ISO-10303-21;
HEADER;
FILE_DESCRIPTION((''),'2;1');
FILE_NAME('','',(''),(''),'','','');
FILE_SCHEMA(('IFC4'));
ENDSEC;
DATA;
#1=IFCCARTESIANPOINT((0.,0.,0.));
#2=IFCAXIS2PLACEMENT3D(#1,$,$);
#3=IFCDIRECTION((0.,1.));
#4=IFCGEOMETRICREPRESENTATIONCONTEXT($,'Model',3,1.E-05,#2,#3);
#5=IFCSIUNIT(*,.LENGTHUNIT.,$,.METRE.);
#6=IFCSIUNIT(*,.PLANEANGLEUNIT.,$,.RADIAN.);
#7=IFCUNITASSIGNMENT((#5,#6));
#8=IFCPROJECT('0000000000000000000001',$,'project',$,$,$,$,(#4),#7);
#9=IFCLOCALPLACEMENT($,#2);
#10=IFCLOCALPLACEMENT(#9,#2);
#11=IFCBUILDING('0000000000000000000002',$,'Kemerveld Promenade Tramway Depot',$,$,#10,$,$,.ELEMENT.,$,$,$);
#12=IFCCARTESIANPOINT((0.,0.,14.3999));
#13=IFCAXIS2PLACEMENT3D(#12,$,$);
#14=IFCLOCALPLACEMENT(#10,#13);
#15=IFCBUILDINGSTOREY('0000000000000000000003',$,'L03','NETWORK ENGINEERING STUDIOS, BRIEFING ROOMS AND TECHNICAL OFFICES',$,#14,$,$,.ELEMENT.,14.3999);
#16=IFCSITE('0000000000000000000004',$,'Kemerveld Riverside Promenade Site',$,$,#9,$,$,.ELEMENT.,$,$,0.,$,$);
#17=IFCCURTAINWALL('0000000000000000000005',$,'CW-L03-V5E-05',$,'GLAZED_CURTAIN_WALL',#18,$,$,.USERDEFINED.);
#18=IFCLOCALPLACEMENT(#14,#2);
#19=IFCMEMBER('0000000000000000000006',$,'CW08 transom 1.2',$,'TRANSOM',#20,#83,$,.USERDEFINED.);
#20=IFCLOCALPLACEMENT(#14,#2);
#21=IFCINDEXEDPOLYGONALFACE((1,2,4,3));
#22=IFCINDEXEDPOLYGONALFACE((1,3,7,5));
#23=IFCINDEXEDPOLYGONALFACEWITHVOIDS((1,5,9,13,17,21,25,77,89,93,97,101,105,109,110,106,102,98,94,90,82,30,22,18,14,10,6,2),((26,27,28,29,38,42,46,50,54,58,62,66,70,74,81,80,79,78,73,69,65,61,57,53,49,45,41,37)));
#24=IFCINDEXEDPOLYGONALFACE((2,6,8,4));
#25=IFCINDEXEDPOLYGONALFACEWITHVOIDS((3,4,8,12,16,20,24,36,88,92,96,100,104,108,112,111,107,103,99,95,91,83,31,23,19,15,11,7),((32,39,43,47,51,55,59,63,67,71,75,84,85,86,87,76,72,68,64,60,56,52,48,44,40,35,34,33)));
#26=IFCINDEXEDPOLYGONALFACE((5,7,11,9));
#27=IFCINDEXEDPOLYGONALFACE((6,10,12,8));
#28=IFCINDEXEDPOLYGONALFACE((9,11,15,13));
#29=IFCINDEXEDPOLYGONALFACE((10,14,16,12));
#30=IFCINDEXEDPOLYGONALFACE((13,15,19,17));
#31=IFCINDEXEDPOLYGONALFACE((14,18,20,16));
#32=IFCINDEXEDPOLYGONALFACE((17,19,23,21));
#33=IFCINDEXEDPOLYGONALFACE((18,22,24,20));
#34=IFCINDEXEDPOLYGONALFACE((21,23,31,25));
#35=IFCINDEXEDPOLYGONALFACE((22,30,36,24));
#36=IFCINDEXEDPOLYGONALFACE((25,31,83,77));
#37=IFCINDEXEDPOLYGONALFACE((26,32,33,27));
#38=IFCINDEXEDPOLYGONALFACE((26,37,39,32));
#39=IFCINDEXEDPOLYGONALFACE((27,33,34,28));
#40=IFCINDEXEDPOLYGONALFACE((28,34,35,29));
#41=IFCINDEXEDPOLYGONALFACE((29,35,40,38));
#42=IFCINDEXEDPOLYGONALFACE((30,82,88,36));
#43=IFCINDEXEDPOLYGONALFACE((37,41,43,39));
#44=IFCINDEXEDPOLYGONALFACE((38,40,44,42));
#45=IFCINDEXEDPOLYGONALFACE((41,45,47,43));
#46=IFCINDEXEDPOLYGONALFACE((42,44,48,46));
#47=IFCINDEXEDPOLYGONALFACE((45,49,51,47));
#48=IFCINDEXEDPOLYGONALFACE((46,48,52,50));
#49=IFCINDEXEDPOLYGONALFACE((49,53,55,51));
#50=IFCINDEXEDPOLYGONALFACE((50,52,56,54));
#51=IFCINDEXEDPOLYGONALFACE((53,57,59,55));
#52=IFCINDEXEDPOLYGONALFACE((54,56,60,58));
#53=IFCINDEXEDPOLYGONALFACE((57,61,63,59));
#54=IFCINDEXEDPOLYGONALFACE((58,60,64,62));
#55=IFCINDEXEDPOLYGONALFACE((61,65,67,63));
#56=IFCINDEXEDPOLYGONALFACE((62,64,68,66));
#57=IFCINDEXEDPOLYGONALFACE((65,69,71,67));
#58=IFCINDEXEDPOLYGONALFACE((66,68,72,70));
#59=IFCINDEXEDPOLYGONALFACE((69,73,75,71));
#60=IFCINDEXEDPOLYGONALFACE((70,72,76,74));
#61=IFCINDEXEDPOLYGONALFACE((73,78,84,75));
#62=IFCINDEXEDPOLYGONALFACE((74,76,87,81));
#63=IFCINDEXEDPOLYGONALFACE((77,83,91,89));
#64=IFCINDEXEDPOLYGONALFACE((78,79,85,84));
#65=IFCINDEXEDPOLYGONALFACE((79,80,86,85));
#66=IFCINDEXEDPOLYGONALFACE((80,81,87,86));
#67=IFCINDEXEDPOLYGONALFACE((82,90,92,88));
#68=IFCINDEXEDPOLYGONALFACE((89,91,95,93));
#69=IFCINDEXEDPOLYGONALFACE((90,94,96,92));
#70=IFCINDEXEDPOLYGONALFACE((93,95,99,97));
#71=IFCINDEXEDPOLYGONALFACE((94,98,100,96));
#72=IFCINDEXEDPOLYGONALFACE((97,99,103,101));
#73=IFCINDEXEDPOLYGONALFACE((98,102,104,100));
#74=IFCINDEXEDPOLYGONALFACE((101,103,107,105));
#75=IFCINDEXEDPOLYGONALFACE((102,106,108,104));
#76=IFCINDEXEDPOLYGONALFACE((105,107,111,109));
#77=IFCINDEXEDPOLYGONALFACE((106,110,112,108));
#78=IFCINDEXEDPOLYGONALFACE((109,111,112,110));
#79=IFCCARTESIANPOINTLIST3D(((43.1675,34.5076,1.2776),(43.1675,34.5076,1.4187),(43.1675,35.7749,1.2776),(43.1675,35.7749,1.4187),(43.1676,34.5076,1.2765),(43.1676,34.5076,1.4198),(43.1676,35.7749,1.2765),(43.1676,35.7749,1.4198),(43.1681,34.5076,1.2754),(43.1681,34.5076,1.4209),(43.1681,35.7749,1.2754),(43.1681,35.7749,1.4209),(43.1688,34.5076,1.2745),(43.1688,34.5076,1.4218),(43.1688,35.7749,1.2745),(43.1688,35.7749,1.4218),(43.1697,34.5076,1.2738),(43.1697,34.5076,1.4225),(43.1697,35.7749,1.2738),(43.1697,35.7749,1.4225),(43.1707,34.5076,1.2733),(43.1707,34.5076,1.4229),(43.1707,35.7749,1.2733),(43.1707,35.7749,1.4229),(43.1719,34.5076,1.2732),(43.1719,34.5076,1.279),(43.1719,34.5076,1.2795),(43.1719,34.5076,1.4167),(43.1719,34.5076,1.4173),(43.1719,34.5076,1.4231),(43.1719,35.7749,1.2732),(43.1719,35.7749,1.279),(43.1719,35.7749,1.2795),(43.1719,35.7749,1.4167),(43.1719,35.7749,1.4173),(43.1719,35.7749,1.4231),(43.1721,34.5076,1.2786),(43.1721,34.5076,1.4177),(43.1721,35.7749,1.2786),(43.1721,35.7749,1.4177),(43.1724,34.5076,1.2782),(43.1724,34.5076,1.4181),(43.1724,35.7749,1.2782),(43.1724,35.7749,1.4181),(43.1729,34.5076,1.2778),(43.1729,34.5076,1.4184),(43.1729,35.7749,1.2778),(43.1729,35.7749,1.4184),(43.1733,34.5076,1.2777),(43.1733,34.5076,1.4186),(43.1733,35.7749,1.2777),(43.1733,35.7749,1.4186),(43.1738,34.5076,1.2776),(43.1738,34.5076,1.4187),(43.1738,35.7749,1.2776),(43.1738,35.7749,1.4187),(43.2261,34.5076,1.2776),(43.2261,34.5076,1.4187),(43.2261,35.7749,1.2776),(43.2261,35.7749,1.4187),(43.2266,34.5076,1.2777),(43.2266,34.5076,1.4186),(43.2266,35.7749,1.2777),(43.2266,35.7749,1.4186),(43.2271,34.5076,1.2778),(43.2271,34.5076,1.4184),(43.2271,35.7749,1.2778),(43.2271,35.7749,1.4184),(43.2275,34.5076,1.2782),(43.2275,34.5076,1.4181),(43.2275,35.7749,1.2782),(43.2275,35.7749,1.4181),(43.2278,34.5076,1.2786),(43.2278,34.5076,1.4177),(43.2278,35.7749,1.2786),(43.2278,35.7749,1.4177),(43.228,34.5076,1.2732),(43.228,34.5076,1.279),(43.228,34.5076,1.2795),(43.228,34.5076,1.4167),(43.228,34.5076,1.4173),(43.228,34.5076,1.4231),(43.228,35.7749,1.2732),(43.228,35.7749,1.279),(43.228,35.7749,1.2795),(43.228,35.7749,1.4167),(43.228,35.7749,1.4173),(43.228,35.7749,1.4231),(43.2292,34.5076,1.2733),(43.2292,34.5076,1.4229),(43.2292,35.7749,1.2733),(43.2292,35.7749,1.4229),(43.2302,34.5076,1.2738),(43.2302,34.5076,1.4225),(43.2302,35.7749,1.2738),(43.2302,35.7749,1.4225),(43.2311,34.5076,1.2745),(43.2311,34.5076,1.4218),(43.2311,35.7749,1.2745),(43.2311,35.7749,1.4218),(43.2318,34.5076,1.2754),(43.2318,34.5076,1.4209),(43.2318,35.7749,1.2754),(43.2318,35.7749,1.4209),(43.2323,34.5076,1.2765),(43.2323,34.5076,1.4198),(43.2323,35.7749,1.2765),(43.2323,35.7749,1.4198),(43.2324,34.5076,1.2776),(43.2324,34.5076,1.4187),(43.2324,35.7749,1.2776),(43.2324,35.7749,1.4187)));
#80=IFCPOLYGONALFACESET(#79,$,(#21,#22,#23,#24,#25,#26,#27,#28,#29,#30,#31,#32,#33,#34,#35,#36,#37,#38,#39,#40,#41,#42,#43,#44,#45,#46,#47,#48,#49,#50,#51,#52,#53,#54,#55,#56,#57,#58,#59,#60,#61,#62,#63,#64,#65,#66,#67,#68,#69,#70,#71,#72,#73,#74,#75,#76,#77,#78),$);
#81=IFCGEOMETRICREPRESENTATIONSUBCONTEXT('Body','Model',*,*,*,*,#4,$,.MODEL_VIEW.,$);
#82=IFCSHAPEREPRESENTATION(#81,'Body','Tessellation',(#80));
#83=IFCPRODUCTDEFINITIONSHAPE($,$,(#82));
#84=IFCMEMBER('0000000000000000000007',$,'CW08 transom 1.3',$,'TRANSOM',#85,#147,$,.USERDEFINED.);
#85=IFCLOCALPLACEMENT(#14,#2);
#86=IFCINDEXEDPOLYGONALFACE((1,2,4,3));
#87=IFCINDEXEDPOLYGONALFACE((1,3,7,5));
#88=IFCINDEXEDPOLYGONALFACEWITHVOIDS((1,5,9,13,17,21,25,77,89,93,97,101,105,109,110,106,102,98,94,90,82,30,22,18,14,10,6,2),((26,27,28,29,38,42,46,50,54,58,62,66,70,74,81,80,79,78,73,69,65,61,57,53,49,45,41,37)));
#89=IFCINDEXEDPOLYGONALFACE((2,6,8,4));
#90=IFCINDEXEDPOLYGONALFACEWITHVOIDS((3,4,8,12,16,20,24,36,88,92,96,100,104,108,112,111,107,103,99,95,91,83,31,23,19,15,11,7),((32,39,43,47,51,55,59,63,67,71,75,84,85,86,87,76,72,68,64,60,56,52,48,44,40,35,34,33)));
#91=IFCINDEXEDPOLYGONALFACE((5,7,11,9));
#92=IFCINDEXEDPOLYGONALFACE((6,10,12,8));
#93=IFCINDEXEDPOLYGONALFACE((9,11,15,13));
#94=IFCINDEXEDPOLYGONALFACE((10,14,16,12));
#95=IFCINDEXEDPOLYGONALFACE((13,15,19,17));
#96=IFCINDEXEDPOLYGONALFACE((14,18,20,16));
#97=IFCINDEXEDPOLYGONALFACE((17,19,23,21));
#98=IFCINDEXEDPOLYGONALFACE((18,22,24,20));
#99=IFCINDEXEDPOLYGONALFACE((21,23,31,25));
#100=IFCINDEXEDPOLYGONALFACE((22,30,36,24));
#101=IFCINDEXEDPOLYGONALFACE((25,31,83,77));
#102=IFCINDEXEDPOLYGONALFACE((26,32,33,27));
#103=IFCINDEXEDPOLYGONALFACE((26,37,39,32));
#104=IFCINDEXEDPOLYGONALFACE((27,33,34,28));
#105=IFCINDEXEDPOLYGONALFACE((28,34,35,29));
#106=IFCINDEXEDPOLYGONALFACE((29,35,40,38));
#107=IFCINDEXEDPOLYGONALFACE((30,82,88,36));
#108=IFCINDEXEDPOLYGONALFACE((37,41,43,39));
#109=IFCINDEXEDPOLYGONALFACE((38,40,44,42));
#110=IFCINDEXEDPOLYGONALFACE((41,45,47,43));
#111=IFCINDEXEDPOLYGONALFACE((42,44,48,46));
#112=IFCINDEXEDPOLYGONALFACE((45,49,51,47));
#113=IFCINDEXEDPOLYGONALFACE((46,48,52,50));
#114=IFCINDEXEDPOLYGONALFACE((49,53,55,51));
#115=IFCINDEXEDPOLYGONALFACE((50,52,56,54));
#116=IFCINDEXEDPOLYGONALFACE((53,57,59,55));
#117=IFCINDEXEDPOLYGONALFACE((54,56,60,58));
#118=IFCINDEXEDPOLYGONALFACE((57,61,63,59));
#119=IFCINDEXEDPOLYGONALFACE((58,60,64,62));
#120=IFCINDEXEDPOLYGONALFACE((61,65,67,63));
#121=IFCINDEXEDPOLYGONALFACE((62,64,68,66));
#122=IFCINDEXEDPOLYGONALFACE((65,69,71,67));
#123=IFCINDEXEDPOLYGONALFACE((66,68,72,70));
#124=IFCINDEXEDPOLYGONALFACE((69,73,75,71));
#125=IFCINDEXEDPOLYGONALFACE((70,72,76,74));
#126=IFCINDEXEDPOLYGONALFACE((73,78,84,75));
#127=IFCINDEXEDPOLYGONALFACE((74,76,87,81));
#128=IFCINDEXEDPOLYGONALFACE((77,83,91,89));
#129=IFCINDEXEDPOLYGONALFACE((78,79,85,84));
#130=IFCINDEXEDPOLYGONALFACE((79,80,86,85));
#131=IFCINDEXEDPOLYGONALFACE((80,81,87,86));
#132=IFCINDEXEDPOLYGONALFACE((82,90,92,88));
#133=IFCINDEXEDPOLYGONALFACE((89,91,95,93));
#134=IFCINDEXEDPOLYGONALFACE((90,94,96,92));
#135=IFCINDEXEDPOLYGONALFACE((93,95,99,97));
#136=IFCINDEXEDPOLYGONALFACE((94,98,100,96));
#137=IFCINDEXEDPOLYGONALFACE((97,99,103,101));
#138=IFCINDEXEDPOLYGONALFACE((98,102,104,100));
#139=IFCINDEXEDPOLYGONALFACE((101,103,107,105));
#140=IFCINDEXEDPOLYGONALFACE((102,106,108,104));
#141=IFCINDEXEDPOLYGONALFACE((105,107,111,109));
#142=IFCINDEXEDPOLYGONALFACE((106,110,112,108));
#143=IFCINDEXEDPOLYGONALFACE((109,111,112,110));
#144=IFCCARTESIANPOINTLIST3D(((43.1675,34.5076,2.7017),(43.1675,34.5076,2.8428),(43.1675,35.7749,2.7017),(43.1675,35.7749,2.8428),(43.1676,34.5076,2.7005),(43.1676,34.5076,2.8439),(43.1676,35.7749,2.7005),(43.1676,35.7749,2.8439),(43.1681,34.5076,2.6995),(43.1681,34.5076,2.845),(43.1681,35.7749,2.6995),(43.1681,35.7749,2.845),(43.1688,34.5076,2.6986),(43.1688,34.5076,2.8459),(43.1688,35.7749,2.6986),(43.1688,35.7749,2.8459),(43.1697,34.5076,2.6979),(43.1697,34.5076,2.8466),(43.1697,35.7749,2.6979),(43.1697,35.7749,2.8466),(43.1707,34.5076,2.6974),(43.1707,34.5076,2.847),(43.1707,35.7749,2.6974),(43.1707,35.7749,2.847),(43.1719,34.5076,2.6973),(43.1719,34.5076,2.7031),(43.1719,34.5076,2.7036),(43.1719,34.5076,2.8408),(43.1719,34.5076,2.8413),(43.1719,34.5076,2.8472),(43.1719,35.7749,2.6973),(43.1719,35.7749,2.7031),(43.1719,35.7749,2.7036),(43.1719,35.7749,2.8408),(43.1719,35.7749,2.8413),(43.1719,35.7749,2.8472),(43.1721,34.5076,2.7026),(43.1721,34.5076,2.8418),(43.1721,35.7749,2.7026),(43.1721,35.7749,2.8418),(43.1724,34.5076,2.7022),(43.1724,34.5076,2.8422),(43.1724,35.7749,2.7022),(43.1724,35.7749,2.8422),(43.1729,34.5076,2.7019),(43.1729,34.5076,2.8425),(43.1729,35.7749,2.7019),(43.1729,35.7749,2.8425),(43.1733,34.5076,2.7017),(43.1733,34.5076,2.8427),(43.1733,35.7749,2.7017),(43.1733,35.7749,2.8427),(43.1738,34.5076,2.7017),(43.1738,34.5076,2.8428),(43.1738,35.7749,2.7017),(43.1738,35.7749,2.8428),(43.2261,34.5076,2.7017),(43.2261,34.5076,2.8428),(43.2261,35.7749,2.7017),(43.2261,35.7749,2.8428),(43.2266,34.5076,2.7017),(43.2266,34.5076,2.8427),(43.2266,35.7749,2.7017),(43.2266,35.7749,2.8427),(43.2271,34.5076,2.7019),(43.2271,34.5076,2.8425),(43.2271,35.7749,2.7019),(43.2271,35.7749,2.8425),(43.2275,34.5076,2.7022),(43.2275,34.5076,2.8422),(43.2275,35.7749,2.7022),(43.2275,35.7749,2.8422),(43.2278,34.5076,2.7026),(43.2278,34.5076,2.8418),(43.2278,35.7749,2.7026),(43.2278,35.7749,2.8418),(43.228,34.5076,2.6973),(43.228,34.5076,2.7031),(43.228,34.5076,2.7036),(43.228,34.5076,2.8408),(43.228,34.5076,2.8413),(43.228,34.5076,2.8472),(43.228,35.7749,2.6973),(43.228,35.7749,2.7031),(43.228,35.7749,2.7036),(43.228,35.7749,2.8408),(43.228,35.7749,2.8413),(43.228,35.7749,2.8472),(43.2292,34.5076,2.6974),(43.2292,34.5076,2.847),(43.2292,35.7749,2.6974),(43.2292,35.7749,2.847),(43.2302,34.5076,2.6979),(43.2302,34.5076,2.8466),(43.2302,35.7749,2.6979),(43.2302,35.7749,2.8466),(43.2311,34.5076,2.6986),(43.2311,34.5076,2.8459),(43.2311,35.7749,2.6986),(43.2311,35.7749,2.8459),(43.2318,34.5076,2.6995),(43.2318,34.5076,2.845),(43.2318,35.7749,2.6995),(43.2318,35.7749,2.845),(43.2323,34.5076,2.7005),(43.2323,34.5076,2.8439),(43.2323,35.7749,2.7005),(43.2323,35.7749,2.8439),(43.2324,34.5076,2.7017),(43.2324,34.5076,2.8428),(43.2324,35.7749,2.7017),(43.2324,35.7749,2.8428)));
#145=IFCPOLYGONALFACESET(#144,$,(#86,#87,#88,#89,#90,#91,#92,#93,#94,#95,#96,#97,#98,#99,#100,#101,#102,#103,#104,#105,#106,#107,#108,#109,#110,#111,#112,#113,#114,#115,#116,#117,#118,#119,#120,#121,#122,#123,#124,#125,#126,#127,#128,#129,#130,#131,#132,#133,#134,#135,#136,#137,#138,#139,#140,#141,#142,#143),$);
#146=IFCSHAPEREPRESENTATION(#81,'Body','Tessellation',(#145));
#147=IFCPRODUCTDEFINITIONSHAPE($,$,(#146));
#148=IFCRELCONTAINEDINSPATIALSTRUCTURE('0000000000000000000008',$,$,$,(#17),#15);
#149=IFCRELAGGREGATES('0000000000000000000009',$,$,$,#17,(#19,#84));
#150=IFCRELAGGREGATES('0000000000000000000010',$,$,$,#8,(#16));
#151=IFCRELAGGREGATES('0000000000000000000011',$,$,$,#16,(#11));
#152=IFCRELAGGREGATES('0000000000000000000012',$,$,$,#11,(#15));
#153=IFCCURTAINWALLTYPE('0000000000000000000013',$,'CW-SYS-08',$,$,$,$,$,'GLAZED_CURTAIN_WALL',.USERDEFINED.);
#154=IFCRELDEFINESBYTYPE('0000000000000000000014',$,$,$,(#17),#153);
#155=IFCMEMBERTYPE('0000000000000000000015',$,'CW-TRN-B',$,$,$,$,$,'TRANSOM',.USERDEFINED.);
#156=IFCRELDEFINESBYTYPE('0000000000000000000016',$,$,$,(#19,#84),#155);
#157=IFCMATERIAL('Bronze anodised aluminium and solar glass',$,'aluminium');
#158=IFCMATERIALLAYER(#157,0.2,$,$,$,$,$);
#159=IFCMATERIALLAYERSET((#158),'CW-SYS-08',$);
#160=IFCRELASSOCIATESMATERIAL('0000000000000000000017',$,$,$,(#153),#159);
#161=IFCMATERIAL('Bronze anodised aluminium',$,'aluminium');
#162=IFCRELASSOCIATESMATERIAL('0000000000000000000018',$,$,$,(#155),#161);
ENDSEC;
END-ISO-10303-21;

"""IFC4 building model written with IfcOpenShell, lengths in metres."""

from ifc_helpers import new_model, si_unit, direction, frame, origin, origin_2d, place, context, subcontext, project, spatial, hollow_rectangle, extrude, material, layer, layer_set, material_profile, profile_set, type_object, element, aggregate, save


model = new_model("IFC4")

# Units and contexts
model_context = context("Model", 3, precision=1e-05, world=origin(), true_north=direction((0.0, 1.0)))
body_context = subcontext(model_context, "Body", "Model", "MODEL_VIEW")
ifc_project = project(units=[si_unit("LENGTHUNIT", "METRE"), si_unit("PLANEANGLEUNIT", "RADIAN")], contexts=[model_context])

# Site, building, storey
site_placement = place(None, origin())
site = spatial("IfcSite", under=ifc_project, at=site_placement, Name="Kemerveld Riverside Promenade Site", CompositionType="ELEMENT", RefElevation=0.0)
building_placement = place(site_placement, origin())
building = spatial("IfcBuilding", under=site, at=building_placement, Name="Kemerveld Promenade Tramway Depot", CompositionType="ELEMENT")
storey_placement = place(building_placement, frame((0.0, 0.0, 14.3999)))
storey = spatial("IfcBuildingStorey", under=building, at=storey_placement, Name="L03", Description="NETWORK ENGINEERING STUDIOS, BRIEFING ROOMS AND TECHNICAL OFFICES", CompositionType="ELEMENT", Elevation=14.3999)

# Shared definitions
ifc_material_1 = material(Name="Bronze anodised aluminium and solar glass", Category="aluminium")
ifc_material_2 = material(Name="Bronze anodised aluminium", Category="aluminium")

# Curtain wall
ifc_layer_1 = layer(ifc_material_1, 0.2)
ifc_layer_set_1 = layer_set([ifc_layer_1], Name="CW-SYS-08")
curtain_wall_type_1 = type_object("IfcCurtainWallType", Name="CW-SYS-08", ElementType="GLAZED_CURTAIN_WALL", PredefinedType="USERDEFINED", material=ifc_layer_set_1)
curtain_wall_1_placement = place(storey_placement, origin())
curtain_wall_1 = element("IfcCurtainWall", 1, at=curtain_wall_1_placement, inside=storey, type_object=curtain_wall_type_1, Name="CW-L03-V5E-05", ObjectType="GLAZED_CURTAIN_WALL", PredefinedType="USERDEFINED")

# Members
ifc_material_profile_1 = material_profile(ifc_material_2, hollow_rectangle(XDim=0.0649, YDim=0.1499, WallThickness=0.0044, InnerFilletRadius=0.002, OuterFilletRadius=0.0044, at=origin_2d()), Name="CW-TRN-150x65")
ifc_profile_set_1 = profile_set([ifc_material_profile_1], Name="Bronze anodised aluminium")
member_type_1 = type_object("IfcMemberType", Name="CW-TRN-B", ElementType="TRANSOM", PredefinedType="USERDEFINED", material=ifc_profile_set_1)
member_1_placement = place(storey_placement, frame((43.2, 35.7749, 1.3481), z_axis=(0.0, -1.0, 0.0), x_axis=(1.0, 0.0, 0.0)))
member_1 = element("IfcMember", 2, at=member_1_placement, type_object=member_type_1, Name="CW08 transom 1.2", ObjectType="TRANSOM", PredefinedType="USERDEFINED", context=body_context, shape_type="SweptSolid", body=[
    extrude(hollow_rectangle(XDim=0.0649, YDim=0.1499, WallThickness=0.0044, InnerFilletRadius=0.002, OuterFilletRadius=0.0044, at=origin_2d()), origin(), (0.0, 0.0, 1.0), 1.2673),
])
member_2_placement = place(storey_placement, frame((43.2, 35.7749, 2.7722), z_axis=(0.0, -1.0, 0.0), x_axis=(1.0, 0.0, 0.0)))
member_2 = element("IfcMember", 3, at=member_2_placement, type_object=member_type_1, Name="CW08 transom 1.3", ObjectType="TRANSOM", PredefinedType="USERDEFINED", context=body_context, shape_type="SweptSolid", body=[
    extrude(hollow_rectangle(XDim=0.0649, YDim=0.1499, WallThickness=0.0044, InnerFilletRadius=0.002, OuterFilletRadius=0.0044, at=origin_2d()), origin(), (0.0, 0.0, 1.0), 1.2673),
])

aggregate(curtain_wall_1, [member_1, member_2])

save(model, "model.ifc")
